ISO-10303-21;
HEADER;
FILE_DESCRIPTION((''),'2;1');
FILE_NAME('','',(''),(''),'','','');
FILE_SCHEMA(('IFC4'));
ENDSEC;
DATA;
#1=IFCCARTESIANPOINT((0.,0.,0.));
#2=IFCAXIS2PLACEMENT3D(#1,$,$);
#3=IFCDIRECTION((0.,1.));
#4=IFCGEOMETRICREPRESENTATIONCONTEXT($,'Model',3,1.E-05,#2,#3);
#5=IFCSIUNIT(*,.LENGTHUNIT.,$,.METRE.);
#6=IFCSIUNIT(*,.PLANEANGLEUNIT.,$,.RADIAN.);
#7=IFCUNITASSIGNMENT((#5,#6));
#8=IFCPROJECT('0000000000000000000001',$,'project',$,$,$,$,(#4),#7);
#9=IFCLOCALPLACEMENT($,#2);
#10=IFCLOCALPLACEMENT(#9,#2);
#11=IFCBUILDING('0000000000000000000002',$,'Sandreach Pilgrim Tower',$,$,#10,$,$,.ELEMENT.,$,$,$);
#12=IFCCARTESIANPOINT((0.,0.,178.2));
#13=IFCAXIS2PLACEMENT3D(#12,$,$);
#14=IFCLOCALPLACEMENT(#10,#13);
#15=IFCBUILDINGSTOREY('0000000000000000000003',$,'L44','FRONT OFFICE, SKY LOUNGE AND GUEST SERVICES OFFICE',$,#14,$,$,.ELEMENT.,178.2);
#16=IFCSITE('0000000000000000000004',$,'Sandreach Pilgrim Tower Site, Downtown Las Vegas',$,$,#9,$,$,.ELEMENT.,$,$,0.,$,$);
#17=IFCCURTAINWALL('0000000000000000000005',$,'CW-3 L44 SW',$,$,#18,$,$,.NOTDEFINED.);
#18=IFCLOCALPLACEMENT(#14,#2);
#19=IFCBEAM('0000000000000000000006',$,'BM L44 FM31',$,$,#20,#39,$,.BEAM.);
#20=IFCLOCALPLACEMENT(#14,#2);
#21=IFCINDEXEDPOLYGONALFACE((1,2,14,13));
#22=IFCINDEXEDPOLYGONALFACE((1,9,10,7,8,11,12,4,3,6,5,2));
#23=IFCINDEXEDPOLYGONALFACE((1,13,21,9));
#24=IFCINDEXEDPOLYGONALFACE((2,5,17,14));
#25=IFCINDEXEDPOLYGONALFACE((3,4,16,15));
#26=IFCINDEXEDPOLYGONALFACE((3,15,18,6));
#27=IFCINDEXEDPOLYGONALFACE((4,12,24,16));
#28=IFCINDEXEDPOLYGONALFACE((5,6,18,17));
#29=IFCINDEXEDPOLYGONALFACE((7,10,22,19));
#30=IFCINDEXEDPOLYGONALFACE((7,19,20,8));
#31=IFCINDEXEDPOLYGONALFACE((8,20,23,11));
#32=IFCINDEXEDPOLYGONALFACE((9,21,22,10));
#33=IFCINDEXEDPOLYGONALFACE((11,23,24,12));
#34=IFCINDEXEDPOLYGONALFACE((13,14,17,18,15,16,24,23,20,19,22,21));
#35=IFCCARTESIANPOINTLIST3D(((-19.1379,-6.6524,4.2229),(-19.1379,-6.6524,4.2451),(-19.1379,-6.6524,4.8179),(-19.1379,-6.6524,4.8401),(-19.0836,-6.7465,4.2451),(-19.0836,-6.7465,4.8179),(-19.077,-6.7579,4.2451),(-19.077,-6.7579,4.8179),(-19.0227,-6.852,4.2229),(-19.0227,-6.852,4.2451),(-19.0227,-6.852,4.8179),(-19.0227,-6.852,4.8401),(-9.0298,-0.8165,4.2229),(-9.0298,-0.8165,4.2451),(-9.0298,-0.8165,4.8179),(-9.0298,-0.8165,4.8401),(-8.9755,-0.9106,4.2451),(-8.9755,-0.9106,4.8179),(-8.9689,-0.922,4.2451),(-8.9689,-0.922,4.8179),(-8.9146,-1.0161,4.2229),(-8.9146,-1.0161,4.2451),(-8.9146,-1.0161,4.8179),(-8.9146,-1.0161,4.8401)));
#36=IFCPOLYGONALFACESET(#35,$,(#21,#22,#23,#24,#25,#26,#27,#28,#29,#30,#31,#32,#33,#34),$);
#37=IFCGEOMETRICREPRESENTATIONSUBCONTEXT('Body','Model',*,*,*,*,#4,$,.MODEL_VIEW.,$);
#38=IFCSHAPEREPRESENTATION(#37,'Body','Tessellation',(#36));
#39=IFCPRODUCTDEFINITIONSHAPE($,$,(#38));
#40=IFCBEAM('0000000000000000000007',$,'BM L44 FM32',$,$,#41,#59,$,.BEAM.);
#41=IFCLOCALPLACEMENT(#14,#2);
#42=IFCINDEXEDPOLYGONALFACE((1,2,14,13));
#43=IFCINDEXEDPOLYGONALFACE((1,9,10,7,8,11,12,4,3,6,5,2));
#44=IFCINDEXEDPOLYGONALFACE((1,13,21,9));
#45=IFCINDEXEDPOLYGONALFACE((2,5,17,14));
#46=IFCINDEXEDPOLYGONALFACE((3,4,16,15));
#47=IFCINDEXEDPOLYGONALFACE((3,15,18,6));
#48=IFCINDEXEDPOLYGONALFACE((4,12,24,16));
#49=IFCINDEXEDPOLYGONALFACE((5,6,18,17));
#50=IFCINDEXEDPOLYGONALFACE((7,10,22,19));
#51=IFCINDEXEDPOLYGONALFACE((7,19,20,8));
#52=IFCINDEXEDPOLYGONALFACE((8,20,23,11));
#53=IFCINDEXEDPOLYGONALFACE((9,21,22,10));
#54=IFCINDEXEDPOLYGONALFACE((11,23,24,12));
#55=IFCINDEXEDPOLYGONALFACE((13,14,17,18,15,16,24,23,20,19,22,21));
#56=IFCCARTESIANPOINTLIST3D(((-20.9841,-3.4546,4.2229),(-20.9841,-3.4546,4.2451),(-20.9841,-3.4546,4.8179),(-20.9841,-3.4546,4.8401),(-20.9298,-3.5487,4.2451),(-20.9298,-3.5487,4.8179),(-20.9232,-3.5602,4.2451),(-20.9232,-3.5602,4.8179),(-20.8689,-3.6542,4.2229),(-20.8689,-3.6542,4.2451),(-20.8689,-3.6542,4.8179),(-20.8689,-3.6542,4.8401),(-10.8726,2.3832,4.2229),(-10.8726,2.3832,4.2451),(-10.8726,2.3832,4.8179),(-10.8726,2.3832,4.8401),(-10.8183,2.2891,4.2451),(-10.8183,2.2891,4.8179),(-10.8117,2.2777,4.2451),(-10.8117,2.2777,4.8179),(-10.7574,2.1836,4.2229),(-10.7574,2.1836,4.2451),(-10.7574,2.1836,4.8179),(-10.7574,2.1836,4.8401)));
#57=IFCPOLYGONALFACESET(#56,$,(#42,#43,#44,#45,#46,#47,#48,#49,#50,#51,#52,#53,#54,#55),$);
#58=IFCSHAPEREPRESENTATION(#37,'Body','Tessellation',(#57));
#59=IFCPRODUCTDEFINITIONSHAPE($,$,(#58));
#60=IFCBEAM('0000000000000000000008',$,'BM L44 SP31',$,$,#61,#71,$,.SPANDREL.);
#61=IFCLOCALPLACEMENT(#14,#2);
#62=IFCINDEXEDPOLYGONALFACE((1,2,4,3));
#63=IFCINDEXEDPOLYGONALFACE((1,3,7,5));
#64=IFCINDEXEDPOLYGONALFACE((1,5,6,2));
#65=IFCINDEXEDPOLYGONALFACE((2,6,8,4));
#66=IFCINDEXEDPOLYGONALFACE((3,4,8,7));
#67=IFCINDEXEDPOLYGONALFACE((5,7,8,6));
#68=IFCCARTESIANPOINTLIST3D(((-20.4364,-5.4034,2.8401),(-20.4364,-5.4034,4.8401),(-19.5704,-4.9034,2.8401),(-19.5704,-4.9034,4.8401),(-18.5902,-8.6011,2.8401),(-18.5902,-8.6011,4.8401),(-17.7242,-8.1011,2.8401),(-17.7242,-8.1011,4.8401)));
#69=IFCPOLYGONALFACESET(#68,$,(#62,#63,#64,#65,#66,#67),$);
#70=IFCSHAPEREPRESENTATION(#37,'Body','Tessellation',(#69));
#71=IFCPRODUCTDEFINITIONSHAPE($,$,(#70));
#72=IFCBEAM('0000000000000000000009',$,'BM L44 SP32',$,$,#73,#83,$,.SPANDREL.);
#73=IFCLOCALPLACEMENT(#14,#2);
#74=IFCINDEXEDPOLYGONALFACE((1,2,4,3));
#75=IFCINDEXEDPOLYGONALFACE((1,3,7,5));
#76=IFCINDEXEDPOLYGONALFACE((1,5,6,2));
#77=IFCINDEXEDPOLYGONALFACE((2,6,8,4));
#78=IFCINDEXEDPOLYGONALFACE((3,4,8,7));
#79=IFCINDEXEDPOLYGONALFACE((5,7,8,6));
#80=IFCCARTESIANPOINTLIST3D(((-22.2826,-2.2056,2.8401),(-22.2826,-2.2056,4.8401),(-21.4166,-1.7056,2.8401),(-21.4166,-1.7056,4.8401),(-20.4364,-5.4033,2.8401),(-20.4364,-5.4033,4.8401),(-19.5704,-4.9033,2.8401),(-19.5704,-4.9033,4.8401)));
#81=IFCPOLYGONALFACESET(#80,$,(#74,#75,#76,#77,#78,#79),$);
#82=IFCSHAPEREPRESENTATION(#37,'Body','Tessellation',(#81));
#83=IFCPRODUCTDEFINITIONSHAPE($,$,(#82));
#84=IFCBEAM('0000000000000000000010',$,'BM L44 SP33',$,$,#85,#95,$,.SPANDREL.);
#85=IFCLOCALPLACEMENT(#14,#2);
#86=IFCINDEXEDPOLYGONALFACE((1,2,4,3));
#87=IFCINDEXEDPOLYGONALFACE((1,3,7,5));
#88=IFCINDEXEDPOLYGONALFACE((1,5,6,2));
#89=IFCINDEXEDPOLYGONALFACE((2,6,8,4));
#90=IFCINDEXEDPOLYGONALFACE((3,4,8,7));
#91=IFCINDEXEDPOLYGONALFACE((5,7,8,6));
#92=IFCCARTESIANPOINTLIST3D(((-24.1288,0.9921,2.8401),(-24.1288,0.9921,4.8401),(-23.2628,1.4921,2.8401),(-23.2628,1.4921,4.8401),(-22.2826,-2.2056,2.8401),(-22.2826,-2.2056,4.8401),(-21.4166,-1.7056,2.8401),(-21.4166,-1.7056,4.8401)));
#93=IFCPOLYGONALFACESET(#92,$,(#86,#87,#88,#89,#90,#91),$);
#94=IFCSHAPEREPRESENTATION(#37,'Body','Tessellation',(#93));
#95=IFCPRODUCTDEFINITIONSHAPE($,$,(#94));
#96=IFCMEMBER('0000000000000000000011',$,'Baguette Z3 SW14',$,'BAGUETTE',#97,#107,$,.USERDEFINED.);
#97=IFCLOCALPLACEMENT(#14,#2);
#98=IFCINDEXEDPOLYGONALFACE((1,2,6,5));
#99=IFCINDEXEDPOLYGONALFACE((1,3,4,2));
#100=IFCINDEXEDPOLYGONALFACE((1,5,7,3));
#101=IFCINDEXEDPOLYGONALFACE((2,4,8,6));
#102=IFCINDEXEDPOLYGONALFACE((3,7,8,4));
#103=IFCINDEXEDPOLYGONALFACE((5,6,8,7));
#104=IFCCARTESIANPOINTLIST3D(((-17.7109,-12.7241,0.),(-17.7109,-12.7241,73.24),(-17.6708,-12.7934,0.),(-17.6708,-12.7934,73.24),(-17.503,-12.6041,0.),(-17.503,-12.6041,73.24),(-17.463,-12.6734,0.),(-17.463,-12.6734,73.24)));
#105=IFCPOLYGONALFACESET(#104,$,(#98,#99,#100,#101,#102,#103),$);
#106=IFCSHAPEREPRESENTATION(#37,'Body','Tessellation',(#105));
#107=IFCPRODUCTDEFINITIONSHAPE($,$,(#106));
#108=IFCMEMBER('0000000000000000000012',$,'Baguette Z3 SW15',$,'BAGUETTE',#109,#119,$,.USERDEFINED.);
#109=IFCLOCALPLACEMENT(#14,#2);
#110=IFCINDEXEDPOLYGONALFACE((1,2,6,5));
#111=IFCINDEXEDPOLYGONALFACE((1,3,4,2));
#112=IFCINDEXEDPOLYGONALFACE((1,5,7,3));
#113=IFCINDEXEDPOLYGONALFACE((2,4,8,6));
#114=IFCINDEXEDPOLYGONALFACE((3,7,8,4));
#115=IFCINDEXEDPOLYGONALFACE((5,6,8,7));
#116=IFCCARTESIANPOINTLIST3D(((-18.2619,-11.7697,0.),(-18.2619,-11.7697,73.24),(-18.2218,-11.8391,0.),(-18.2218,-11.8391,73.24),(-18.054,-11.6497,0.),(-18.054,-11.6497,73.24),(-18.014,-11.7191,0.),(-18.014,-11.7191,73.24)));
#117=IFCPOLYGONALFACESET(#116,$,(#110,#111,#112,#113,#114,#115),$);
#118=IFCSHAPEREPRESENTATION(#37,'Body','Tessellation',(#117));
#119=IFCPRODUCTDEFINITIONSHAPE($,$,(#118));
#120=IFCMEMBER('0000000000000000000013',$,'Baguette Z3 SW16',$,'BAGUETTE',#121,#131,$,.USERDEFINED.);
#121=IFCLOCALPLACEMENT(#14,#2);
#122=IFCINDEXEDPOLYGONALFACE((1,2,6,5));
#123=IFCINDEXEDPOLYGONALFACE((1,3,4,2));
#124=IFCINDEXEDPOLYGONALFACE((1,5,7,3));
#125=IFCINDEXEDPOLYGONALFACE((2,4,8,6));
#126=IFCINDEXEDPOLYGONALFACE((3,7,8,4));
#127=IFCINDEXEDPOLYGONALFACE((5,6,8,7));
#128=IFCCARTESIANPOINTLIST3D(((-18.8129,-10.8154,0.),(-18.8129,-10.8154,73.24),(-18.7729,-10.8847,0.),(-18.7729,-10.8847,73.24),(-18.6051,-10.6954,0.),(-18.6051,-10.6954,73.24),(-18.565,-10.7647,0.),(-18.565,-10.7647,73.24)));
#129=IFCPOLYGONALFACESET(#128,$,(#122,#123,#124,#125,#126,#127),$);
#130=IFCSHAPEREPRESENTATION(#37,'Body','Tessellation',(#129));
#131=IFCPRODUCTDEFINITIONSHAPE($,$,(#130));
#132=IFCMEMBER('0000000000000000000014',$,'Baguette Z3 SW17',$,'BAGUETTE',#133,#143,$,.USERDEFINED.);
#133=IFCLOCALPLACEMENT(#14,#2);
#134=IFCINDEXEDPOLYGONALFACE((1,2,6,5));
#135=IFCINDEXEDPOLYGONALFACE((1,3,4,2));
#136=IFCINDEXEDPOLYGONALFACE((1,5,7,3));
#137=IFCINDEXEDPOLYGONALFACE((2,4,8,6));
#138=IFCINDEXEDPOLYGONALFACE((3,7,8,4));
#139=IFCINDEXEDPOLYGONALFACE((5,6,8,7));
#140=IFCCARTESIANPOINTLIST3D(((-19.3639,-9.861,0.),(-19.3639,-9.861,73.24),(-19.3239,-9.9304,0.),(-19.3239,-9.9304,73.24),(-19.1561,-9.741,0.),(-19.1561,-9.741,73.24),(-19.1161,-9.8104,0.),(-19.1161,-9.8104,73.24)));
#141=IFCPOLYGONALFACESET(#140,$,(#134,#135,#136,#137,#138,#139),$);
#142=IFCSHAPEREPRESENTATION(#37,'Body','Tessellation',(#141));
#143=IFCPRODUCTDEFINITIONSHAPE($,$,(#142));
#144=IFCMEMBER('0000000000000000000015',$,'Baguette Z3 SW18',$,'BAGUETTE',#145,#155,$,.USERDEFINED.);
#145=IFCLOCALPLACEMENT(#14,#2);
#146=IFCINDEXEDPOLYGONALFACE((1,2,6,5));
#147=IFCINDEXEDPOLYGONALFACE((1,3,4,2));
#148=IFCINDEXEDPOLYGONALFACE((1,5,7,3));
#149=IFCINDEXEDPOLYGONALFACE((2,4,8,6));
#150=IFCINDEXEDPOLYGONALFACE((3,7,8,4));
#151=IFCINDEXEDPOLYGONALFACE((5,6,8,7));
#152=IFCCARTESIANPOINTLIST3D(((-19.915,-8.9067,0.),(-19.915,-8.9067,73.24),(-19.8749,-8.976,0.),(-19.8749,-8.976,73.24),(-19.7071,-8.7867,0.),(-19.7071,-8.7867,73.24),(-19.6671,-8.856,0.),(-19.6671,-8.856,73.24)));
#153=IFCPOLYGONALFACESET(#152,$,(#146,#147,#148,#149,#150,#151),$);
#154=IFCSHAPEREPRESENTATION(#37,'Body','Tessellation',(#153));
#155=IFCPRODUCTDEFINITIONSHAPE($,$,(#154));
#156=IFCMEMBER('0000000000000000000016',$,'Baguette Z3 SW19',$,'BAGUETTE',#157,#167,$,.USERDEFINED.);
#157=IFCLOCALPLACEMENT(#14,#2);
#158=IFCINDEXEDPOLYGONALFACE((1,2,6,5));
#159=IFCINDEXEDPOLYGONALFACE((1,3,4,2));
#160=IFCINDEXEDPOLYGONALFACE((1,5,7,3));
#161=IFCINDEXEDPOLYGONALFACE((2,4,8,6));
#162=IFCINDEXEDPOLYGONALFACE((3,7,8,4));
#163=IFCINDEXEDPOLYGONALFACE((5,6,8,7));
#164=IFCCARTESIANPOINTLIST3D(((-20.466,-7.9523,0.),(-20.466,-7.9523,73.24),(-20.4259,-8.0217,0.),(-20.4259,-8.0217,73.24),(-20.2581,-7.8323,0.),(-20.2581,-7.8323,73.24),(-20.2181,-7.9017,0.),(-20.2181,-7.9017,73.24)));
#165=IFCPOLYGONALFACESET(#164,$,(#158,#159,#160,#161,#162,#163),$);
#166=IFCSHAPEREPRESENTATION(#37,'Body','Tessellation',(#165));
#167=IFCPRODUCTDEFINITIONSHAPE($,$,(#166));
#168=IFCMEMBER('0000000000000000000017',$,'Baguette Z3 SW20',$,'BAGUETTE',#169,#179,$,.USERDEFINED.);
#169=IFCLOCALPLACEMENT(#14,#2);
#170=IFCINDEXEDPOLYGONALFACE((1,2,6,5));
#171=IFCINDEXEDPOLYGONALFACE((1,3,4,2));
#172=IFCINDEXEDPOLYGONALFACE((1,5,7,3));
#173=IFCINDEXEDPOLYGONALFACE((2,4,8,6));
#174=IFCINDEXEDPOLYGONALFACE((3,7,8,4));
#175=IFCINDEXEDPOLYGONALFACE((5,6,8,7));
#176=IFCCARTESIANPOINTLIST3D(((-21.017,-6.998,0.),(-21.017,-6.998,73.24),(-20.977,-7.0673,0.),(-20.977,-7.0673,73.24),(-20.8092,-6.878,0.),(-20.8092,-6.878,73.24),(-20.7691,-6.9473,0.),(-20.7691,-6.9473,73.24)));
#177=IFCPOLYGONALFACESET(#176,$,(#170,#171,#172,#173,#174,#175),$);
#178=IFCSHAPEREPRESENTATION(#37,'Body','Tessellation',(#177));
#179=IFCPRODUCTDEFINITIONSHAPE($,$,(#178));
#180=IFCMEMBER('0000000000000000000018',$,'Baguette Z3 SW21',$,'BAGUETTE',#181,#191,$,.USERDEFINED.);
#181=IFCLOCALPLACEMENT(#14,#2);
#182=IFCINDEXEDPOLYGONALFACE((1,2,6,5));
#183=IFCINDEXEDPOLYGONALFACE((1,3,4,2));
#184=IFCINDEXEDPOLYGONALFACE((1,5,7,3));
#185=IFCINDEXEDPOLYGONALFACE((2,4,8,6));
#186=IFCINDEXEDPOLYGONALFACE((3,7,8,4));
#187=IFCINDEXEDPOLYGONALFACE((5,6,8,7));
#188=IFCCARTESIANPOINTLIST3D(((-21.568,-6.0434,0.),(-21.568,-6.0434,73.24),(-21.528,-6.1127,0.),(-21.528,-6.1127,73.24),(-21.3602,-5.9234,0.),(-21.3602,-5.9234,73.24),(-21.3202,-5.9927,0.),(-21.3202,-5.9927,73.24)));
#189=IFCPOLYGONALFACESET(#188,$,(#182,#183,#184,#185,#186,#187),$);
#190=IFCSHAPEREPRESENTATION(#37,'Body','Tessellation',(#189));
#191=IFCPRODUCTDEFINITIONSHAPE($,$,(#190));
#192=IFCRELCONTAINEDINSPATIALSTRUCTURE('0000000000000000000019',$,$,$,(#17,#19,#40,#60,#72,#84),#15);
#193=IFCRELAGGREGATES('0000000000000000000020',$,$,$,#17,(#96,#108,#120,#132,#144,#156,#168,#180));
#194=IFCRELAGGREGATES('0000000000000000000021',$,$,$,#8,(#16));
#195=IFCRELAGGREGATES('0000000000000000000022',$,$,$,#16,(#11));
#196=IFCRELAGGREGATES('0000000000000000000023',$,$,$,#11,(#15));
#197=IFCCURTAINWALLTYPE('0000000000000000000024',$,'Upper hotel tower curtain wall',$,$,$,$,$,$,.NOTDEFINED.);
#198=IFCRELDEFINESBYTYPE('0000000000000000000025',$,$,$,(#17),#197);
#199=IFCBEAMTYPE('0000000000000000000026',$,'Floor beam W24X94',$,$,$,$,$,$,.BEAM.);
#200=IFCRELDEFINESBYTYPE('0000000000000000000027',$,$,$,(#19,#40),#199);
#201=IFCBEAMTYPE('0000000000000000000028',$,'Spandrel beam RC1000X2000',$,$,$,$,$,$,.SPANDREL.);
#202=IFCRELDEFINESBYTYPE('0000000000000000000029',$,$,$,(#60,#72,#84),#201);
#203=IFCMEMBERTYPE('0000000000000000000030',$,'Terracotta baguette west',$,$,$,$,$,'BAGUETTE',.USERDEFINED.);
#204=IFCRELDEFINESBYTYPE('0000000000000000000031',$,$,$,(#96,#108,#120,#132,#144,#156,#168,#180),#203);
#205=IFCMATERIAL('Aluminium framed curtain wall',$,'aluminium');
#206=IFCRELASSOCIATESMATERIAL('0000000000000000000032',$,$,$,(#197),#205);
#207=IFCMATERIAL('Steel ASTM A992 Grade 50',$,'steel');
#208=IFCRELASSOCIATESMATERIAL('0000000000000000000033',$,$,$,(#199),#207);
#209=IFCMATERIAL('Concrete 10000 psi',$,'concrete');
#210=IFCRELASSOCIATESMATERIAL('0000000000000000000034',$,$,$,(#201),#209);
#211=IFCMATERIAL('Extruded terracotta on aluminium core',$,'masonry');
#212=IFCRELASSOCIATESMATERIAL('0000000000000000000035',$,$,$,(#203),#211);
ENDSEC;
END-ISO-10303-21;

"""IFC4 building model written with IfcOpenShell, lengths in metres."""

from ifc_helpers import new_model, si_unit, direction, frame, origin, origin_2d, place, context, subcontext, project, spatial, rectangle, i_section, extrude, material, material_profile, profile_set, type_object, element, aggregate, save


model = new_model("IFC4")

# Units and contexts
model_context = context("Model", 3, precision=1e-05, world=origin(), true_north=direction((0.0, 1.0)))
body_context = subcontext(model_context, "Body", "Model", "MODEL_VIEW")
ifc_project = project(units=[si_unit("LENGTHUNIT", "METRE"), si_unit("PLANEANGLEUNIT", "RADIAN")], contexts=[model_context])

# Site, building, storey
site_placement = place(None, origin())
site = spatial("IfcSite", under=ifc_project, at=site_placement, Name="Sandreach Pilgrim Tower Site, Downtown Las Vegas", CompositionType="ELEMENT", RefElevation=0.0)
building_placement = place(site_placement, origin())
building = spatial("IfcBuilding", under=site, at=building_placement, Name="Sandreach Pilgrim Tower", CompositionType="ELEMENT")
storey_placement = place(building_placement, frame((0.0, 0.0, 178.2)))
storey = spatial("IfcBuildingStorey", under=building, at=storey_placement, Name="L44", Description="FRONT OFFICE, SKY LOUNGE AND GUEST SERVICES OFFICE", CompositionType="ELEMENT", Elevation=178.2)

# Curtain wall
ifc_material_1 = material(Name="Aluminium framed curtain wall", Category="aluminium")
curtain_wall_type = type_object("IfcCurtainWallType", Name="Upper hotel tower curtain wall", PredefinedType="NOTDEFINED", material=ifc_material_1)
curtain_wall_placement = place(storey_placement, origin())
curtain_wall = element("IfcCurtainWall", 1, at=curtain_wall_placement, inside=storey, type_object=curtain_wall_type, Name="CW-3 L44 SW", PredefinedType="NOTDEFINED")

# Beams
ifc_material_2 = material(Name="Steel ASTM A992 Grade 50", Category="steel")
ifc_material_profile_1 = material_profile(ifc_material_2, i_section(OverallWidth=0.2305, OverallDepth=0.6172, WebThickness=0.0132, FlangeThickness=0.0222, at=origin_2d()), Name="W24X94")
ifc_profile_set_1 = profile_set([ifc_material_profile_1], Name="Steel ASTM A992 Grade 50")
beam_type_1 = type_object("IfcBeamType", Name="Floor beam W24X94", PredefinedType="BEAM", material=ifc_profile_set_1)
beam_1_placement = place(storey_placement, frame((-19.0803, -6.7522, 4.5315), z_axis=(0.866026, 0.499999, 0.0), x_axis=(-0.499999, 0.866026, 0.0)))
element("IfcBeam", 2, at=beam_1_placement, inside=storey, type_object=beam_type_1, Name="BM L44 FM31", PredefinedType="BEAM", context=body_context, shape_type="SweptSolid", body=[
    extrude(i_section(OverallWidth=0.2305, OverallDepth=0.6172, WebThickness=0.0132, FlangeThickness=0.0222, at=origin_2d()), origin(), (0.0, 0.0, 1.0), 11.6719),
])
beam_2_placement = place(storey_placement, frame((-20.9265, -3.5544, 4.5315), z_axis=(0.866026, 0.499998, 0.0), x_axis=(-0.499998, 0.866026, 0.0)))
element("IfcBeam", 3, at=beam_2_placement, inside=storey, type_object=beam_type_1, Name="BM L44 FM32", PredefinedType="BEAM", context=body_context, shape_type="SweptSolid", body=[
    extrude(i_section(OverallWidth=0.2305, OverallDepth=0.6172, WebThickness=0.0132, FlangeThickness=0.0222, at=origin_2d()), origin(), (0.0, 0.0, 1.0), 11.6758),
])
ifc_material_3 = material(Name="Concrete 10000 psi", Category="concrete")
ifc_material_profile_2 = material_profile(ifc_material_3, rectangle(XDim=1.0, YDim=2.0, at=origin_2d()), Name="RC1000X2000")
ifc_profile_set_2 = profile_set([ifc_material_profile_2], Name="Concrete 10000 psi")
beam_type_2 = type_object("IfcBeamType", Name="Spandrel beam RC1000X2000", PredefinedType="SPANDREL", material=ifc_profile_set_2)
for number, where, z_axis, x_axis, name in (
    (4, (-18.1572, -8.3511, 3.8401), (-0.499993, 0.866029, 0.0), (-0.866029, -0.499993, 0.0), "BM L44 SP31"),
    (5, (-20.0034, -5.1533, 3.8401), (-0.499993, 0.866029, 0.0), (-0.866029, -0.499993, 0.0), "BM L44 SP32"),
    (6, (-21.8496, -1.9556, 3.8401), (-0.499993, 0.866029, 0.0), (-0.866029, -0.499993, 0.0), "BM L44 SP33"),
):
    element("IfcBeam", number, at=place(storey_placement, frame(where, z_axis=z_axis, x_axis=x_axis)), inside=storey, type_object=beam_type_2, Name=name, PredefinedType="SPANDREL", context=body_context, shape_type="SweptSolid", body=[
        extrude(rectangle(XDim=1.0, YDim=2.0, at=origin_2d()), origin(), (0.0, 0.0, 1.0), 3.6924),
    ])

# Members
ifc_material_4 = material(Name="Extruded terracotta on aluminium core", Category="masonry")
ifc_material_profile_3 = material_profile(ifc_material_4, rectangle(XDim=0.0801, YDim=0.24, at=origin_2d()), Name="TBW 80X240")
ifc_profile_set_3 = profile_set([ifc_material_profile_3], Name="Extruded terracotta on aluminium core")
member_type_1 = type_object("IfcMemberType", Name="Terracotta baguette west", ElementType="BAGUETTE", PredefinedType="USERDEFINED", material=ifc_profile_set_3)
member_1_placement = place(storey_placement, frame((-17.5869, -12.6987, 0.0), z_axis=(0.0, 0.0, 1.0), x_axis=(-0.5, 0.866025, 0.0)))
member_1 = element("IfcMember", 7, at=member_1_placement, type_object=member_type_1, Name="Baguette Z3 SW14", ObjectType="BAGUETTE", PredefinedType="USERDEFINED", context=body_context, shape_type="SweptSolid", body=[
    extrude(rectangle(XDim=0.0801, YDim=0.24, at=origin_2d()), origin(), (0.0, 0.0, 1.0), 73.24),
])
member_2_placement = place(storey_placement, frame((-18.1379, -11.7444, 0.0), z_axis=(0.0, 0.0, 1.0), x_axis=(-0.5, 0.866025, 0.0)))
member_2 = element("IfcMember", 8, at=member_2_placement, type_object=member_type_1, Name="Baguette Z3 SW15", ObjectType="BAGUETTE", PredefinedType="USERDEFINED", context=body_context, shape_type="SweptSolid", body=[
    extrude(rectangle(XDim=0.0801, YDim=0.24, at=origin_2d()), origin(), (0.0, 0.0, 1.0), 73.24),
])
member_3_placement = place(storey_placement, frame((-18.689, -10.79, 0.0), z_axis=(0.0, 0.0, 1.0), x_axis=(-0.5, 0.866025, 0.0)))
member_3 = element("IfcMember", 9, at=member_3_placement, type_object=member_type_1, Name="Baguette Z3 SW16", ObjectType="BAGUETTE", PredefinedType="USERDEFINED", context=body_context, shape_type="SweptSolid", body=[
    extrude(rectangle(XDim=0.0801, YDim=0.24, at=origin_2d()), origin(), (0.0, 0.0, 1.0), 73.24),
])
member_4_placement = place(storey_placement, frame((-19.24, -9.8357, 0.0), z_axis=(0.0, 0.0, 1.0), x_axis=(-0.5, 0.866025, 0.0)))
member_4 = element("IfcMember", 10, at=member_4_placement, type_object=member_type_1, Name="Baguette Z3 SW17", ObjectType="BAGUETTE", PredefinedType="USERDEFINED", context=body_context, shape_type="SweptSolid", body=[
    extrude(rectangle(XDim=0.0801, YDim=0.24, at=origin_2d()), origin(), (0.0, 0.0, 1.0), 73.24),
])
member_5_placement = place(storey_placement, frame((-19.791, -8.8813, 0.0), z_axis=(0.0, 0.0, 1.0), x_axis=(-0.5, 0.866025, 0.0)))
member_5 = element("IfcMember", 11, at=member_5_placement, type_object=member_type_1, Name="Baguette Z3 SW18", ObjectType="BAGUETTE", PredefinedType="USERDEFINED", context=body_context, shape_type="SweptSolid", body=[
    extrude(rectangle(XDim=0.0801, YDim=0.24, at=origin_2d()), origin(), (0.0, 0.0, 1.0), 73.24),
])
member_6_placement = place(storey_placement, frame((-20.342, -7.927, 0.0), z_axis=(0.0, 0.0, 1.0), x_axis=(-0.5, 0.866025, 0.0)))
member_6 = element("IfcMember", 12, at=member_6_placement, type_object=member_type_1, Name="Baguette Z3 SW19", ObjectType="BAGUETTE", PredefinedType="USERDEFINED", context=body_context, shape_type="SweptSolid", body=[
    extrude(rectangle(XDim=0.0801, YDim=0.24, at=origin_2d()), origin(), (0.0, 0.0, 1.0), 73.24),
])
member_7_placement = place(storey_placement, frame((-20.8931, -6.9727, 0.0), z_axis=(0.0, 0.0, 1.0), x_axis=(-0.5, 0.866025, 0.0)))
member_7 = element("IfcMember", 13, at=member_7_placement, type_object=member_type_1, Name="Baguette Z3 SW20", ObjectType="BAGUETTE", PredefinedType="USERDEFINED", context=body_context, shape_type="SweptSolid", body=[
    extrude(rectangle(XDim=0.0801, YDim=0.24, at=origin_2d()), origin(), (0.0, 0.0, 1.0), 73.24),
])
member_8_placement = place(storey_placement, frame((-21.4441, -6.0181, 0.0), z_axis=(0.0, 0.0, 1.0), x_axis=(-0.5, 0.866025, 0.0)))
member_8 = element("IfcMember", 14, at=member_8_placement, type_object=member_type_1, Name="Baguette Z3 SW21", ObjectType="BAGUETTE", PredefinedType="USERDEFINED", context=body_context, shape_type="SweptSolid", body=[
    extrude(rectangle(XDim=0.0801, YDim=0.24, at=origin_2d()), origin(), (0.0, 0.0, 1.0), 73.24),
])

aggregate(curtain_wall, [member_1, member_2, member_3, member_4, member_5, member_6, member_7, member_8])

save(model, "model.ifc")
